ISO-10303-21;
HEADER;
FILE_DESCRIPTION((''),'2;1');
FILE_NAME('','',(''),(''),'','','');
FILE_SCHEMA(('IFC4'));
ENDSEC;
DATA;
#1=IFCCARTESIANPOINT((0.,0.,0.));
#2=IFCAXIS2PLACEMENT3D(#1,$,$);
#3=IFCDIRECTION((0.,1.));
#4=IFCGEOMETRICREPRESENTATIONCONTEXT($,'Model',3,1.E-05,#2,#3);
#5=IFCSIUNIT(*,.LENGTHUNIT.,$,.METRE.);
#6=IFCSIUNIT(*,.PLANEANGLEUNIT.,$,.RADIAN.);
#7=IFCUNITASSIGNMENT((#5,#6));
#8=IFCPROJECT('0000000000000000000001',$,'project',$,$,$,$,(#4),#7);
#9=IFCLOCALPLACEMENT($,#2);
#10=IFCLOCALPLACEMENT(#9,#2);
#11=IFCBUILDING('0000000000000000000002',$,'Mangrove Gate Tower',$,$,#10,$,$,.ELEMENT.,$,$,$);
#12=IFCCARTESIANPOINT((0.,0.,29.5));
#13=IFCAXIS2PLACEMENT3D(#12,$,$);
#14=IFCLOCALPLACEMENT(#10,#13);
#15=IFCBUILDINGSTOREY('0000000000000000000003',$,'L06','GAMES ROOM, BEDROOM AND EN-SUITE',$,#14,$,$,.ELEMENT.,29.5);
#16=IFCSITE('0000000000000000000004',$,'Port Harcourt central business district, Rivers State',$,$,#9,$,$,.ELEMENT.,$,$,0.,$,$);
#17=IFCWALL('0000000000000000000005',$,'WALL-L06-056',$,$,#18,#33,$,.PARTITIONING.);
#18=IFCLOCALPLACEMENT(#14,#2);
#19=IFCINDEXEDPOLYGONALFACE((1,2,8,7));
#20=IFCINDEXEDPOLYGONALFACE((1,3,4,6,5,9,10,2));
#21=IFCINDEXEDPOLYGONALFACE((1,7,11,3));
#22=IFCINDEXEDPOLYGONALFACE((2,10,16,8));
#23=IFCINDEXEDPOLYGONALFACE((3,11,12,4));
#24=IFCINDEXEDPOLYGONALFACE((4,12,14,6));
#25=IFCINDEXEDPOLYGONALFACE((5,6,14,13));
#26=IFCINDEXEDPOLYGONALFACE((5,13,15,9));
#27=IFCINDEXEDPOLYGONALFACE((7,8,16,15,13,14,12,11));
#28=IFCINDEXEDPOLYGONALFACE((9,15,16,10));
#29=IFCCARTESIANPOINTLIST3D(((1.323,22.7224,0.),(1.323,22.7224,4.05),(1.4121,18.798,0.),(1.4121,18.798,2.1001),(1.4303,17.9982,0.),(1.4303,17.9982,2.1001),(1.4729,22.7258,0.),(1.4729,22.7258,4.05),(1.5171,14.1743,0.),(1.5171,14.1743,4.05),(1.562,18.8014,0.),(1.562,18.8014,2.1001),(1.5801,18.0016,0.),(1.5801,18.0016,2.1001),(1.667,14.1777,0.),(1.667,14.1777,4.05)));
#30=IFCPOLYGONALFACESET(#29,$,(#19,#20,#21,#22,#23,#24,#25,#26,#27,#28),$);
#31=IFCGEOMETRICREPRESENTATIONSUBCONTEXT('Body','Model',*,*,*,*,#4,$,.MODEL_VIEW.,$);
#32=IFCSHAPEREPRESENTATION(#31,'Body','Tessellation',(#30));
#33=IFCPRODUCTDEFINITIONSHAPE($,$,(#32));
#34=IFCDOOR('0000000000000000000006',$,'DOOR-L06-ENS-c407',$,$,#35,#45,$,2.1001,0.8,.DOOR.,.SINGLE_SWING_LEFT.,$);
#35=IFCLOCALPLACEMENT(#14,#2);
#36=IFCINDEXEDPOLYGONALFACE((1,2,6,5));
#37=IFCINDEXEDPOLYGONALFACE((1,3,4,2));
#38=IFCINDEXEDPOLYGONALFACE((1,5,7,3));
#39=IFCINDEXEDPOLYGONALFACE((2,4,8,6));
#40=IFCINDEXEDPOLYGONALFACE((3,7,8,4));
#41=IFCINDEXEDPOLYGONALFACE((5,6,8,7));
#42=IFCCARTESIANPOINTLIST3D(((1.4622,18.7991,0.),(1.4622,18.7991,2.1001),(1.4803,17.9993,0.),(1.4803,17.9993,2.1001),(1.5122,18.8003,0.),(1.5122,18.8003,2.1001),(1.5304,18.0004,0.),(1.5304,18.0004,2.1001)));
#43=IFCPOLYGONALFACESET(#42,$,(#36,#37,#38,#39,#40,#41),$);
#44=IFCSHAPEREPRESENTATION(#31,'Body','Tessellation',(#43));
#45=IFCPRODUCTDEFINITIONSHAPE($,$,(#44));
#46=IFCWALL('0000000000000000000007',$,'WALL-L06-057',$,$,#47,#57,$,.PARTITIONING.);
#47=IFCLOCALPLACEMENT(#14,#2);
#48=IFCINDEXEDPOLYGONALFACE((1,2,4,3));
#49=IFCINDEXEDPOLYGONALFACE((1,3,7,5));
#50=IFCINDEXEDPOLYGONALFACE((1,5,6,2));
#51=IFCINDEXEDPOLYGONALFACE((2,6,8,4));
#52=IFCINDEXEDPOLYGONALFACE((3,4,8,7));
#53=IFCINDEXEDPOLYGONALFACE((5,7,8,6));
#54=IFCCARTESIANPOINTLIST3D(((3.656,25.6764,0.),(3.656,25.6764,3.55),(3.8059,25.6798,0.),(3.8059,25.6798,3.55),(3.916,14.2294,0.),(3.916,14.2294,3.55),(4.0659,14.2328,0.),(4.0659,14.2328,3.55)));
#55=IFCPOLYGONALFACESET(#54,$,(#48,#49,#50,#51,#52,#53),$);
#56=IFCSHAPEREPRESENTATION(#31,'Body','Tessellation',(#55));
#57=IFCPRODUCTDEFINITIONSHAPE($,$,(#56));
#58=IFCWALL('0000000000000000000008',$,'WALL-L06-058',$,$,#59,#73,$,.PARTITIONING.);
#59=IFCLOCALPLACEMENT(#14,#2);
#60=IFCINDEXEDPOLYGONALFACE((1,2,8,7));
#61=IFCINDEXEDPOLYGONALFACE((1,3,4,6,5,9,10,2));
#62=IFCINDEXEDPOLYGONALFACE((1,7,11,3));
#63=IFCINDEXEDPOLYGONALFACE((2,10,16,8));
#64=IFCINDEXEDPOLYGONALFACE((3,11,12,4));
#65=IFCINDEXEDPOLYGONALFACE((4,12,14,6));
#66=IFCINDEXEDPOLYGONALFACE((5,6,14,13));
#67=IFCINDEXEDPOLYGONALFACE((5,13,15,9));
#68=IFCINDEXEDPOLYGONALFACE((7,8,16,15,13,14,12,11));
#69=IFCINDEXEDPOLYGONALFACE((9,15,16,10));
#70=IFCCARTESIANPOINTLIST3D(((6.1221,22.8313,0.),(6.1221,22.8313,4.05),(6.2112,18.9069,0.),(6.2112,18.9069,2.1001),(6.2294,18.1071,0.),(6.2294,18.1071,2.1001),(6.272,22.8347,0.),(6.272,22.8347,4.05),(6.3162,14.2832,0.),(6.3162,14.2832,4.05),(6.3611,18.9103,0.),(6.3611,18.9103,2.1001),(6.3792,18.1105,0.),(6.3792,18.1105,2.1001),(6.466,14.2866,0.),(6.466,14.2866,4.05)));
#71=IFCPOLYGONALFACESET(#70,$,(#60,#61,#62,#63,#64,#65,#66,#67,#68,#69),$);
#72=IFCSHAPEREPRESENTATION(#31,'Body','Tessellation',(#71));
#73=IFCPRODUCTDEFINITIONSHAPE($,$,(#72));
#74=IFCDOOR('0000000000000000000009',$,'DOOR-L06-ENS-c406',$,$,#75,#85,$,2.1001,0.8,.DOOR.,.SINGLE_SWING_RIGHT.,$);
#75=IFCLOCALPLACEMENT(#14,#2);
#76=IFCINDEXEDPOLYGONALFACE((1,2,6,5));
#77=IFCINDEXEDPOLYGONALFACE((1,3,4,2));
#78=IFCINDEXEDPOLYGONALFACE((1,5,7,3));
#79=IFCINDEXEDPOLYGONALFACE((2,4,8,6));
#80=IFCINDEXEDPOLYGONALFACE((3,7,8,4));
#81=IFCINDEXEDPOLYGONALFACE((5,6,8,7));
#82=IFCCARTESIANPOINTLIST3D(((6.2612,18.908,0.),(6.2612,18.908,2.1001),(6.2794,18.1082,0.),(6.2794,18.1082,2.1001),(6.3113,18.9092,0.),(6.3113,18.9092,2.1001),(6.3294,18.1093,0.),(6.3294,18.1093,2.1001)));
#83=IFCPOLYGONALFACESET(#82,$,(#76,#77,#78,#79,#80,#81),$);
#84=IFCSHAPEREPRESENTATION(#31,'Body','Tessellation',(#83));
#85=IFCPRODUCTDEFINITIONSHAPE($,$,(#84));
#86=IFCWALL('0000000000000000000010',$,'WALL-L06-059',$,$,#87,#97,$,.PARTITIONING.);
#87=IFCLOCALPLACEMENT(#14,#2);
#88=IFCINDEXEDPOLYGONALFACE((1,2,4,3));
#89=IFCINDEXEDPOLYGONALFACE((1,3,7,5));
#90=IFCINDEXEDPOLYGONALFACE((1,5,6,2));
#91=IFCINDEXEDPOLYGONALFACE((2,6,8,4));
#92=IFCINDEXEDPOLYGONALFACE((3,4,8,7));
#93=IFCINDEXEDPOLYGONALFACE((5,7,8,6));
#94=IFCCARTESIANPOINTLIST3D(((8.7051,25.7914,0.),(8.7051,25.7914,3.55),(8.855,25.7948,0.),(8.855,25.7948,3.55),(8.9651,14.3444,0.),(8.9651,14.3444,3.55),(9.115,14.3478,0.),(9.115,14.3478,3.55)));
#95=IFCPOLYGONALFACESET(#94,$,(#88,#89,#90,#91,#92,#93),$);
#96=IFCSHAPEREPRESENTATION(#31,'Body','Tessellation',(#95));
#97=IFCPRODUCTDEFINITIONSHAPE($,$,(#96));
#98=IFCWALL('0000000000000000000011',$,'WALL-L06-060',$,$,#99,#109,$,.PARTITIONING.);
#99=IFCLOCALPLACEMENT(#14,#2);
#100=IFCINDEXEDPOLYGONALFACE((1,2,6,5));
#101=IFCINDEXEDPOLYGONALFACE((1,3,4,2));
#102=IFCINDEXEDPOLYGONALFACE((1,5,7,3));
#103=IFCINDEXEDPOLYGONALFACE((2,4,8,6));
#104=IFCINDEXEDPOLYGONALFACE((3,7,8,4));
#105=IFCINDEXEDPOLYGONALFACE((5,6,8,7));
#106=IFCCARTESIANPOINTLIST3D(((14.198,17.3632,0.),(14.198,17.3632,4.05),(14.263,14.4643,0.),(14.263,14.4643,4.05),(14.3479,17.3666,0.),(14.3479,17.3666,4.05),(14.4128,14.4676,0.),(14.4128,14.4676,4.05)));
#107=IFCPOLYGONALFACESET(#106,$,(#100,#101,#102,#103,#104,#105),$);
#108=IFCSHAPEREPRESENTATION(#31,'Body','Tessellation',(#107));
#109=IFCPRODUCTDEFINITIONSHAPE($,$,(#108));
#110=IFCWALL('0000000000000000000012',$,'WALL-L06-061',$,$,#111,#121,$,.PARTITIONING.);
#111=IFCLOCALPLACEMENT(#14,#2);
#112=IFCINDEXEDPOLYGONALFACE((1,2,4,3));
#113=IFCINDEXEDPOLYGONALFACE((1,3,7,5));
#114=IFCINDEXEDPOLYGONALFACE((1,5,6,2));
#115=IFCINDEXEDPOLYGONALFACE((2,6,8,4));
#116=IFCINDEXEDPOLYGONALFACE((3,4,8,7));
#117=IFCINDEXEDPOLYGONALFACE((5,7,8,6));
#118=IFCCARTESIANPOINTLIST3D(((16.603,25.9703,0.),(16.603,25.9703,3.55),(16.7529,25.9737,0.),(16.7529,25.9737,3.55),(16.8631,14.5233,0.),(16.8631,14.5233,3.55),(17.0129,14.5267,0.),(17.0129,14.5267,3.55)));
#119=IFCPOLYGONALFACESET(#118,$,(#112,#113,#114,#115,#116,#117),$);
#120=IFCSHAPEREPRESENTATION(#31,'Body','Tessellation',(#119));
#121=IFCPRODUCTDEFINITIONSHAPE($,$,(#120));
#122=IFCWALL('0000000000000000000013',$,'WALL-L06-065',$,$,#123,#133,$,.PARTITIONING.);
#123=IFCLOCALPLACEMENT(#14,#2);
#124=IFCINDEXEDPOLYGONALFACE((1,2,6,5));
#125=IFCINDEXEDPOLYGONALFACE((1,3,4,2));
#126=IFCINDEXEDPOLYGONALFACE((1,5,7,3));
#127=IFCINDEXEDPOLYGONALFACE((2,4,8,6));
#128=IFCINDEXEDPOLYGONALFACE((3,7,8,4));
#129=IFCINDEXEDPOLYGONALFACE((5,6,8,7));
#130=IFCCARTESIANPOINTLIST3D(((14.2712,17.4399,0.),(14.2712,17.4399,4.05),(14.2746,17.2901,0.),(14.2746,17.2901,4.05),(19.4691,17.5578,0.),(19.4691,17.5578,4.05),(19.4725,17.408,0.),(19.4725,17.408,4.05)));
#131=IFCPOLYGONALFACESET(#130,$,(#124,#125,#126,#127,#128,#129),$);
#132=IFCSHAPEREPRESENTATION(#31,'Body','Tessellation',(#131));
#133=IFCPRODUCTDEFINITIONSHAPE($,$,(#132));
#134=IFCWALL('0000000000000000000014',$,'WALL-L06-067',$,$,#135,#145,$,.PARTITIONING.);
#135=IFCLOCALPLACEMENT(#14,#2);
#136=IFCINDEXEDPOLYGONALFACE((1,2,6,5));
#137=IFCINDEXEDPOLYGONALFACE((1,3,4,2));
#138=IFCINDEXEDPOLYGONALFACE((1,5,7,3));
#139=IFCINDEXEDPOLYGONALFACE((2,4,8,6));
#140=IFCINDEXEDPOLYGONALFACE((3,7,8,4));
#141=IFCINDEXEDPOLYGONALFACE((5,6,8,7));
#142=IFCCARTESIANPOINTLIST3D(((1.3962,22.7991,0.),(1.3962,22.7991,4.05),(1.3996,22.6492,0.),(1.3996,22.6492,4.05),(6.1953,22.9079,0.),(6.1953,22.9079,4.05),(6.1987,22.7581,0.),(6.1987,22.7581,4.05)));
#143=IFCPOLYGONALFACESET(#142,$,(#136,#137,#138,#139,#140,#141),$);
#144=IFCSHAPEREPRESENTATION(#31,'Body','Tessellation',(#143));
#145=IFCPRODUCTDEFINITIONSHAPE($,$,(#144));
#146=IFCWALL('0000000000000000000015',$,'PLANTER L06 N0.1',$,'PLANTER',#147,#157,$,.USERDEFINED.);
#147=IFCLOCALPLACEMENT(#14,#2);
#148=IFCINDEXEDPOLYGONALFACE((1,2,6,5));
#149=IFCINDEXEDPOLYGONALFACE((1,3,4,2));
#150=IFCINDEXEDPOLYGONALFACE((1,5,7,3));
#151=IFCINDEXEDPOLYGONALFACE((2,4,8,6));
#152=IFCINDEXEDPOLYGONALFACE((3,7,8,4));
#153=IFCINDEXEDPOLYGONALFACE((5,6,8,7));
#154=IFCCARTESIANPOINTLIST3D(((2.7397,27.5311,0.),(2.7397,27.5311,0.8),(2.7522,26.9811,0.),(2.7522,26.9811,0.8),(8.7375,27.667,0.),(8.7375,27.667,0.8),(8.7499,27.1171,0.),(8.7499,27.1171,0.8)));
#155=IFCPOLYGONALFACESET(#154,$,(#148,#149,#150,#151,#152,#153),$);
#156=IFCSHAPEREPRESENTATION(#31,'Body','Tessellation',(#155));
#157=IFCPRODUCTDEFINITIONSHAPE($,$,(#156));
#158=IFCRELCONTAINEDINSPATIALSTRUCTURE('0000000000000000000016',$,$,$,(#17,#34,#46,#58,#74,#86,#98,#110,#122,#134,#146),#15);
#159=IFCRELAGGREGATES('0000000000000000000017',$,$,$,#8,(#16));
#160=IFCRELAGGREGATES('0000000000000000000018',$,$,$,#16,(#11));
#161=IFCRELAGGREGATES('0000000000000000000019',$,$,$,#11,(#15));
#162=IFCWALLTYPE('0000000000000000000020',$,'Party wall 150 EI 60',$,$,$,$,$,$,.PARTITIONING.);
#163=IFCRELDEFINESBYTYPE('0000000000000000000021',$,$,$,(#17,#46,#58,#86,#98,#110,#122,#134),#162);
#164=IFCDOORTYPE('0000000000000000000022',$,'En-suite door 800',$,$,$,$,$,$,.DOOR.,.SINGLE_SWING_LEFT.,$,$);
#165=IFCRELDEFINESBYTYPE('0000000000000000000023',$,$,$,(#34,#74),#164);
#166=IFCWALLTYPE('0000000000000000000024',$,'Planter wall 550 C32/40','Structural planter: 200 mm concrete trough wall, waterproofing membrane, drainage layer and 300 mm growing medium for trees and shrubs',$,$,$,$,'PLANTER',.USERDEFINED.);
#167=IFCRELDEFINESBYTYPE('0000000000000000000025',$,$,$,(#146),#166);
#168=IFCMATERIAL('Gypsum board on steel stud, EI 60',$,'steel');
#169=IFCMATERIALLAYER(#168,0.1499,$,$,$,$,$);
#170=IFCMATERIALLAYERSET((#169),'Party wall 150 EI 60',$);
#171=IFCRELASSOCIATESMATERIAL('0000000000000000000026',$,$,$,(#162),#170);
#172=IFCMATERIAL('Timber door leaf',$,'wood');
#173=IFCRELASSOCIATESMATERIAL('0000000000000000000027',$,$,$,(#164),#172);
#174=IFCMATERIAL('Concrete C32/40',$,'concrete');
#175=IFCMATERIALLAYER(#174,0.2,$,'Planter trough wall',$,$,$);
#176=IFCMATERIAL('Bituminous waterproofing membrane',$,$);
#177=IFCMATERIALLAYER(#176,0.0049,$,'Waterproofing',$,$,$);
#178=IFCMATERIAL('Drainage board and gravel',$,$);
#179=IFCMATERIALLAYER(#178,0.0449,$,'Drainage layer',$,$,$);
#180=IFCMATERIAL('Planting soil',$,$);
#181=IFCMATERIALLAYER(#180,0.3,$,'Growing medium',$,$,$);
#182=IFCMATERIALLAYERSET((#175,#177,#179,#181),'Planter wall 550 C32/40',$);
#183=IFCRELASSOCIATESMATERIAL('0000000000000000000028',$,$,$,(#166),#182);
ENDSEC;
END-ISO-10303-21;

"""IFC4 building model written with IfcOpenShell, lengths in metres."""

from ifc_helpers import new_model, si_unit, direction, frame, frame_2d, origin, place, context, subcontext, project, spatial, rectangle, extrude, material, layer, layer_set, type_object, element, fill, save


model = new_model("IFC4")

# Units and contexts
model_context = context("Model", 3, precision=1e-05, world=origin(), true_north=direction((0.0, 1.0)))
body_context = subcontext(model_context, "Body", "Model", "MODEL_VIEW")
ifc_project = project(units=[si_unit("LENGTHUNIT", "METRE"), si_unit("PLANEANGLEUNIT", "RADIAN")], contexts=[model_context])

# Site, building, storey
site_placement = place(None, origin())
site = spatial("IfcSite", under=ifc_project, at=site_placement, Name="Port Harcourt central business district, Rivers State", CompositionType="ELEMENT", RefElevation=0.0)
building_placement = place(site_placement, origin())
building = spatial("IfcBuilding", under=site, at=building_placement, Name="Mangrove Gate Tower", CompositionType="ELEMENT")
storey_placement = place(building_placement, frame((0.0, 0.0, 29.5)))
storey = spatial("IfcBuildingStorey", under=building, at=storey_placement, Name="L06", Description="GAMES ROOM, BEDROOM AND EN-SUITE", CompositionType="ELEMENT", Elevation=29.5)

# Shared definitions
ifc_material_1 = material(Name="Gypsum board on steel stud, EI 60", Category="steel")
ifc_layer_1 = layer(ifc_material_1, 0.1499)
ifc_layer_set_1 = layer_set([ifc_layer_1], Name="Party wall 150 EI 60")
wall_type_1 = type_object("IfcWallType", Name="Party wall 150 EI 60", PredefinedType="PARTITIONING", material=ifc_layer_set_1)
ifc_material_2 = material(Name="Timber door leaf", Category="wood")
door_type = type_object("IfcDoorType", Name="En-suite door 800", OperationType="SINGLE_SWING_LEFT", PredefinedType="DOOR", material=ifc_material_2)

# Wall, opening, door
wall_1_placement = place(storey_placement, frame((1.592, 14.176, 0.0), z_axis=(0.0, 0.0, 1.0), x_axis=(-0.0227, 0.999742, 0.0)))
wall_1 = element("IfcWall", 1, at=wall_1_placement, inside=storey, type_object=wall_type_1, Name="WALL-L06-056", PredefinedType="PARTITIONING", context=body_context, shape_type="SweptSolid", body=[
    extrude(rectangle(XDim=8.5503, YDim=0.1499, at=frame_2d((4.2751, 0.0))), origin(), (0.0, 0.0, 1.0), 4.05),
])
opening_1_placement = place(wall_1_placement, frame((3.825, 0.0, 0.0)))
opening_1 = element("IfcOpeningElement", 2, at=opening_1_placement, cuts=wall_1, PredefinedType="OPENING", context=body_context, shape_type="SweptSolid", body=[
    extrude(rectangle(XDim=0.8, YDim=2.1001, at=frame_2d((0.3999, 1.05))), frame((0.0, 0.085, 0.0), z_axis=(0.0, -1.0, 0.0), x_axis=(1.0, 0.0, 0.0)), (0.0, 0.0, 1.0), 0.1699),
])
door_1_placement = place(opening_1_placement, origin())
door_1 = element("IfcDoor", 3, at=door_1_placement, inside=storey, type_object=door_type, Name="DOOR-L06-ENS-c407", OperationType="SINGLE_SWING_LEFT", OverallHeight=2.1001, OverallWidth=0.8, PredefinedType="DOOR", context=body_context, shape_type="SweptSolid", body=[
    extrude(rectangle(XDim=0.8, YDim=2.1001, at=frame_2d((0.3999, 1.05))), frame((0.0, 0.0249, 0.0), z_axis=(0.0, -1.0, 0.0), x_axis=(1.0, 0.0, 0.0)), (0.0, 0.0, 1.0), 0.05),
])
fill(opening_1, door_1)

# Wall
wall_2_placement = place(storey_placement, frame((3.991, 14.231, 0.0), z_axis=(0.0, 0.0, 1.0), x_axis=(-0.022708, 0.999742, 0.0)))
element("IfcWall", 4, at=wall_2_placement, inside=storey, type_object=wall_type_1, Name="WALL-L06-057", PredefinedType="PARTITIONING", context=body_context, shape_type="SweptSolid", body=[
    extrude(rectangle(XDim=11.45, YDim=0.1499, at=frame_2d((5.7251, 0.0))), origin(), (0.0, 0.0, 1.0), 3.55),
])

# Wall, opening, door
wall_3_placement = place(storey_placement, frame((6.3911, 14.2849, 0.0), z_axis=(0.0, 0.0, 1.0), x_axis=(-0.0227, 0.999742, 0.0)))
wall_3 = element("IfcWall", 5, at=wall_3_placement, inside=storey, type_object=wall_type_1, Name="WALL-L06-058", PredefinedType="PARTITIONING", context=body_context, shape_type="SweptSolid", body=[
    extrude(rectangle(XDim=8.5503, YDim=0.1499, at=frame_2d((4.2751, 0.0))), origin(), (0.0, 0.0, 1.0), 4.05),
])
opening_2_placement = place(wall_3_placement, frame((3.825, 0.0, 0.0)))
opening_2 = element("IfcOpeningElement", 6, at=opening_2_placement, cuts=wall_3, PredefinedType="OPENING", context=body_context, shape_type="SweptSolid", body=[
    extrude(rectangle(XDim=0.8, YDim=2.1001, at=frame_2d((0.3999, 1.05))), frame((0.0, 0.085, 0.0), z_axis=(0.0, -1.0, 0.0), x_axis=(1.0, 0.0, 0.0)), (0.0, 0.0, 1.0), 0.1699),
])
door_2_placement = place(opening_2_placement, origin())
door_2 = element("IfcDoor", 7, at=door_2_placement, inside=storey, type_object=door_type, Name="DOOR-L06-ENS-c406", OperationType="SINGLE_SWING_RIGHT", OverallHeight=2.1001, OverallWidth=0.8, PredefinedType="DOOR", context=body_context, shape_type="SweptSolid", body=[
    extrude(rectangle(XDim=0.8, YDim=2.1001, at=frame_2d((0.3999, 1.05))), frame((0.0, 0.0249, 0.0), z_axis=(0.0, -1.0, 0.0), x_axis=(1.0, 0.0, 0.0)), (0.0, 0.0, 1.0), 0.05),
])
fill(opening_2, door_2)

# Walls
wall_4_placement = place(storey_placement, frame((9.04, 14.3459, 0.0), z_axis=(0.0, 0.0, 1.0), x_axis=(-0.022708, 0.999742, 0.0)))
element("IfcWall", 8, at=wall_4_placement, inside=storey, type_object=wall_type_1, Name="WALL-L06-059", PredefinedType="PARTITIONING", context=body_context, shape_type="SweptSolid", body=[
    extrude(rectangle(XDim=11.45, YDim=0.1499, at=frame_2d((5.7251, 0.0))), origin(), (0.0, 0.0, 1.0), 3.55),
])
wall_5_placement = place(storey_placement, frame((14.3379, 14.4661, 0.0), z_axis=(0.0, 0.0, 1.0), x_axis=(-0.022396, 0.999749, 0.0)))
element("IfcWall", 9, at=wall_5_placement, inside=storey, type_object=wall_type_1, Name="WALL-L06-060", PredefinedType="PARTITIONING", context=body_context, shape_type="SweptSolid", body=[
    extrude(rectangle(XDim=2.8997, YDim=0.1499, at=frame_2d((1.4497, 0.0))), origin(), (0.0, 0.0, 1.0), 4.05),
])
wall_6_placement = place(storey_placement, frame((16.938, 14.5249, 0.0), z_axis=(0.0, 0.0, 1.0), x_axis=(-0.022708, 0.999742, 0.0)))
element("IfcWall", 10, at=wall_6_placement, inside=storey, type_object=wall_type_1, Name="WALL-L06-061", PredefinedType="PARTITIONING", context=body_context, shape_type="SweptSolid", body=[
    extrude(rectangle(XDim=11.45, YDim=0.1499, at=frame_2d((5.7251, 0.0))), origin(), (0.0, 0.0, 1.0), 3.55),
])
wall_7_placement = place(storey_placement, frame((14.2729, 17.365, 0.0), z_axis=(0.0, 0.0, 1.0), x_axis=(0.999743, 0.02268, 0.0)))
element("IfcWall", 11, at=wall_7_placement, inside=storey, type_object=wall_type_1, Name="WALL-L06-065", PredefinedType="PARTITIONING", context=body_context, shape_type="SweptSolid", body=[
    extrude(rectangle(XDim=5.1992, YDim=0.1499, at=frame_2d((2.5996, 0.0))), origin(), (0.0, 0.0, 1.0), 4.05),
])
wall_8_placement = place(storey_placement, frame((1.3979, 22.7241, 0.0), z_axis=(0.0, 0.0, 1.0), x_axis=(0.999743, 0.022683, 0.0)))
element("IfcWall", 12, at=wall_8_placement, inside=storey, type_object=wall_type_1, Name="WALL-L06-067", PredefinedType="PARTITIONING", context=body_context, shape_type="SweptSolid", body=[
    extrude(rectangle(XDim=4.8003, YDim=0.1499, at=frame_2d((2.4001, 0.0))), origin(), (0.0, 0.0, 1.0), 4.05),
])
ifc_material_3 = material(Name="Concrete C32/40", Category="concrete")
ifc_layer_2 = layer(ifc_material_3, 0.2, Name="Planter trough wall")
ifc_material_4 = material(Name="Bituminous waterproofing membrane")
ifc_layer_3 = layer(ifc_material_4, 0.0049, Name="Waterproofing")
ifc_material_5 = material(Name="Drainage board and gravel")
ifc_layer_4 = layer(ifc_material_5, 0.0449, Name="Drainage layer")
ifc_material_6 = material(Name="Planting soil")
ifc_layer_5 = layer(ifc_material_6, 0.3, Name="Growing medium")
ifc_layer_set_2 = layer_set([ifc_layer_2, ifc_layer_3, ifc_layer_4, ifc_layer_5], Name="Planter wall 550 C32/40")
wall_type_2 = type_object("IfcWallType", Name="Planter wall 550 C32/40", Description="Structural planter: 200 mm concrete trough wall, waterproofing membrane, drainage layer and 300 mm growing medium for trees and shrubs", ElementType="PLANTER", PredefinedType="USERDEFINED", material=ifc_layer_set_2)
wall_9_placement = place(storey_placement, frame((2.7461, 27.2561, 0.0), z_axis=(0.0, 0.0, 1.0), x_axis=(0.999743, 0.022667, 0.0)))
element("IfcWall", 13, at=wall_9_placement, inside=storey, type_object=wall_type_2, Name="PLANTER L06 N0.1", ObjectType="PLANTER", PredefinedType="USERDEFINED", context=body_context, shape_type="SweptSolid", body=[
    extrude(rectangle(XDim=5.9993, YDim=0.55, at=frame_2d((2.9995, 0.0))), origin(), (0.0, 0.0, 1.0), 0.8),
])

save(model, "model.ifc")
